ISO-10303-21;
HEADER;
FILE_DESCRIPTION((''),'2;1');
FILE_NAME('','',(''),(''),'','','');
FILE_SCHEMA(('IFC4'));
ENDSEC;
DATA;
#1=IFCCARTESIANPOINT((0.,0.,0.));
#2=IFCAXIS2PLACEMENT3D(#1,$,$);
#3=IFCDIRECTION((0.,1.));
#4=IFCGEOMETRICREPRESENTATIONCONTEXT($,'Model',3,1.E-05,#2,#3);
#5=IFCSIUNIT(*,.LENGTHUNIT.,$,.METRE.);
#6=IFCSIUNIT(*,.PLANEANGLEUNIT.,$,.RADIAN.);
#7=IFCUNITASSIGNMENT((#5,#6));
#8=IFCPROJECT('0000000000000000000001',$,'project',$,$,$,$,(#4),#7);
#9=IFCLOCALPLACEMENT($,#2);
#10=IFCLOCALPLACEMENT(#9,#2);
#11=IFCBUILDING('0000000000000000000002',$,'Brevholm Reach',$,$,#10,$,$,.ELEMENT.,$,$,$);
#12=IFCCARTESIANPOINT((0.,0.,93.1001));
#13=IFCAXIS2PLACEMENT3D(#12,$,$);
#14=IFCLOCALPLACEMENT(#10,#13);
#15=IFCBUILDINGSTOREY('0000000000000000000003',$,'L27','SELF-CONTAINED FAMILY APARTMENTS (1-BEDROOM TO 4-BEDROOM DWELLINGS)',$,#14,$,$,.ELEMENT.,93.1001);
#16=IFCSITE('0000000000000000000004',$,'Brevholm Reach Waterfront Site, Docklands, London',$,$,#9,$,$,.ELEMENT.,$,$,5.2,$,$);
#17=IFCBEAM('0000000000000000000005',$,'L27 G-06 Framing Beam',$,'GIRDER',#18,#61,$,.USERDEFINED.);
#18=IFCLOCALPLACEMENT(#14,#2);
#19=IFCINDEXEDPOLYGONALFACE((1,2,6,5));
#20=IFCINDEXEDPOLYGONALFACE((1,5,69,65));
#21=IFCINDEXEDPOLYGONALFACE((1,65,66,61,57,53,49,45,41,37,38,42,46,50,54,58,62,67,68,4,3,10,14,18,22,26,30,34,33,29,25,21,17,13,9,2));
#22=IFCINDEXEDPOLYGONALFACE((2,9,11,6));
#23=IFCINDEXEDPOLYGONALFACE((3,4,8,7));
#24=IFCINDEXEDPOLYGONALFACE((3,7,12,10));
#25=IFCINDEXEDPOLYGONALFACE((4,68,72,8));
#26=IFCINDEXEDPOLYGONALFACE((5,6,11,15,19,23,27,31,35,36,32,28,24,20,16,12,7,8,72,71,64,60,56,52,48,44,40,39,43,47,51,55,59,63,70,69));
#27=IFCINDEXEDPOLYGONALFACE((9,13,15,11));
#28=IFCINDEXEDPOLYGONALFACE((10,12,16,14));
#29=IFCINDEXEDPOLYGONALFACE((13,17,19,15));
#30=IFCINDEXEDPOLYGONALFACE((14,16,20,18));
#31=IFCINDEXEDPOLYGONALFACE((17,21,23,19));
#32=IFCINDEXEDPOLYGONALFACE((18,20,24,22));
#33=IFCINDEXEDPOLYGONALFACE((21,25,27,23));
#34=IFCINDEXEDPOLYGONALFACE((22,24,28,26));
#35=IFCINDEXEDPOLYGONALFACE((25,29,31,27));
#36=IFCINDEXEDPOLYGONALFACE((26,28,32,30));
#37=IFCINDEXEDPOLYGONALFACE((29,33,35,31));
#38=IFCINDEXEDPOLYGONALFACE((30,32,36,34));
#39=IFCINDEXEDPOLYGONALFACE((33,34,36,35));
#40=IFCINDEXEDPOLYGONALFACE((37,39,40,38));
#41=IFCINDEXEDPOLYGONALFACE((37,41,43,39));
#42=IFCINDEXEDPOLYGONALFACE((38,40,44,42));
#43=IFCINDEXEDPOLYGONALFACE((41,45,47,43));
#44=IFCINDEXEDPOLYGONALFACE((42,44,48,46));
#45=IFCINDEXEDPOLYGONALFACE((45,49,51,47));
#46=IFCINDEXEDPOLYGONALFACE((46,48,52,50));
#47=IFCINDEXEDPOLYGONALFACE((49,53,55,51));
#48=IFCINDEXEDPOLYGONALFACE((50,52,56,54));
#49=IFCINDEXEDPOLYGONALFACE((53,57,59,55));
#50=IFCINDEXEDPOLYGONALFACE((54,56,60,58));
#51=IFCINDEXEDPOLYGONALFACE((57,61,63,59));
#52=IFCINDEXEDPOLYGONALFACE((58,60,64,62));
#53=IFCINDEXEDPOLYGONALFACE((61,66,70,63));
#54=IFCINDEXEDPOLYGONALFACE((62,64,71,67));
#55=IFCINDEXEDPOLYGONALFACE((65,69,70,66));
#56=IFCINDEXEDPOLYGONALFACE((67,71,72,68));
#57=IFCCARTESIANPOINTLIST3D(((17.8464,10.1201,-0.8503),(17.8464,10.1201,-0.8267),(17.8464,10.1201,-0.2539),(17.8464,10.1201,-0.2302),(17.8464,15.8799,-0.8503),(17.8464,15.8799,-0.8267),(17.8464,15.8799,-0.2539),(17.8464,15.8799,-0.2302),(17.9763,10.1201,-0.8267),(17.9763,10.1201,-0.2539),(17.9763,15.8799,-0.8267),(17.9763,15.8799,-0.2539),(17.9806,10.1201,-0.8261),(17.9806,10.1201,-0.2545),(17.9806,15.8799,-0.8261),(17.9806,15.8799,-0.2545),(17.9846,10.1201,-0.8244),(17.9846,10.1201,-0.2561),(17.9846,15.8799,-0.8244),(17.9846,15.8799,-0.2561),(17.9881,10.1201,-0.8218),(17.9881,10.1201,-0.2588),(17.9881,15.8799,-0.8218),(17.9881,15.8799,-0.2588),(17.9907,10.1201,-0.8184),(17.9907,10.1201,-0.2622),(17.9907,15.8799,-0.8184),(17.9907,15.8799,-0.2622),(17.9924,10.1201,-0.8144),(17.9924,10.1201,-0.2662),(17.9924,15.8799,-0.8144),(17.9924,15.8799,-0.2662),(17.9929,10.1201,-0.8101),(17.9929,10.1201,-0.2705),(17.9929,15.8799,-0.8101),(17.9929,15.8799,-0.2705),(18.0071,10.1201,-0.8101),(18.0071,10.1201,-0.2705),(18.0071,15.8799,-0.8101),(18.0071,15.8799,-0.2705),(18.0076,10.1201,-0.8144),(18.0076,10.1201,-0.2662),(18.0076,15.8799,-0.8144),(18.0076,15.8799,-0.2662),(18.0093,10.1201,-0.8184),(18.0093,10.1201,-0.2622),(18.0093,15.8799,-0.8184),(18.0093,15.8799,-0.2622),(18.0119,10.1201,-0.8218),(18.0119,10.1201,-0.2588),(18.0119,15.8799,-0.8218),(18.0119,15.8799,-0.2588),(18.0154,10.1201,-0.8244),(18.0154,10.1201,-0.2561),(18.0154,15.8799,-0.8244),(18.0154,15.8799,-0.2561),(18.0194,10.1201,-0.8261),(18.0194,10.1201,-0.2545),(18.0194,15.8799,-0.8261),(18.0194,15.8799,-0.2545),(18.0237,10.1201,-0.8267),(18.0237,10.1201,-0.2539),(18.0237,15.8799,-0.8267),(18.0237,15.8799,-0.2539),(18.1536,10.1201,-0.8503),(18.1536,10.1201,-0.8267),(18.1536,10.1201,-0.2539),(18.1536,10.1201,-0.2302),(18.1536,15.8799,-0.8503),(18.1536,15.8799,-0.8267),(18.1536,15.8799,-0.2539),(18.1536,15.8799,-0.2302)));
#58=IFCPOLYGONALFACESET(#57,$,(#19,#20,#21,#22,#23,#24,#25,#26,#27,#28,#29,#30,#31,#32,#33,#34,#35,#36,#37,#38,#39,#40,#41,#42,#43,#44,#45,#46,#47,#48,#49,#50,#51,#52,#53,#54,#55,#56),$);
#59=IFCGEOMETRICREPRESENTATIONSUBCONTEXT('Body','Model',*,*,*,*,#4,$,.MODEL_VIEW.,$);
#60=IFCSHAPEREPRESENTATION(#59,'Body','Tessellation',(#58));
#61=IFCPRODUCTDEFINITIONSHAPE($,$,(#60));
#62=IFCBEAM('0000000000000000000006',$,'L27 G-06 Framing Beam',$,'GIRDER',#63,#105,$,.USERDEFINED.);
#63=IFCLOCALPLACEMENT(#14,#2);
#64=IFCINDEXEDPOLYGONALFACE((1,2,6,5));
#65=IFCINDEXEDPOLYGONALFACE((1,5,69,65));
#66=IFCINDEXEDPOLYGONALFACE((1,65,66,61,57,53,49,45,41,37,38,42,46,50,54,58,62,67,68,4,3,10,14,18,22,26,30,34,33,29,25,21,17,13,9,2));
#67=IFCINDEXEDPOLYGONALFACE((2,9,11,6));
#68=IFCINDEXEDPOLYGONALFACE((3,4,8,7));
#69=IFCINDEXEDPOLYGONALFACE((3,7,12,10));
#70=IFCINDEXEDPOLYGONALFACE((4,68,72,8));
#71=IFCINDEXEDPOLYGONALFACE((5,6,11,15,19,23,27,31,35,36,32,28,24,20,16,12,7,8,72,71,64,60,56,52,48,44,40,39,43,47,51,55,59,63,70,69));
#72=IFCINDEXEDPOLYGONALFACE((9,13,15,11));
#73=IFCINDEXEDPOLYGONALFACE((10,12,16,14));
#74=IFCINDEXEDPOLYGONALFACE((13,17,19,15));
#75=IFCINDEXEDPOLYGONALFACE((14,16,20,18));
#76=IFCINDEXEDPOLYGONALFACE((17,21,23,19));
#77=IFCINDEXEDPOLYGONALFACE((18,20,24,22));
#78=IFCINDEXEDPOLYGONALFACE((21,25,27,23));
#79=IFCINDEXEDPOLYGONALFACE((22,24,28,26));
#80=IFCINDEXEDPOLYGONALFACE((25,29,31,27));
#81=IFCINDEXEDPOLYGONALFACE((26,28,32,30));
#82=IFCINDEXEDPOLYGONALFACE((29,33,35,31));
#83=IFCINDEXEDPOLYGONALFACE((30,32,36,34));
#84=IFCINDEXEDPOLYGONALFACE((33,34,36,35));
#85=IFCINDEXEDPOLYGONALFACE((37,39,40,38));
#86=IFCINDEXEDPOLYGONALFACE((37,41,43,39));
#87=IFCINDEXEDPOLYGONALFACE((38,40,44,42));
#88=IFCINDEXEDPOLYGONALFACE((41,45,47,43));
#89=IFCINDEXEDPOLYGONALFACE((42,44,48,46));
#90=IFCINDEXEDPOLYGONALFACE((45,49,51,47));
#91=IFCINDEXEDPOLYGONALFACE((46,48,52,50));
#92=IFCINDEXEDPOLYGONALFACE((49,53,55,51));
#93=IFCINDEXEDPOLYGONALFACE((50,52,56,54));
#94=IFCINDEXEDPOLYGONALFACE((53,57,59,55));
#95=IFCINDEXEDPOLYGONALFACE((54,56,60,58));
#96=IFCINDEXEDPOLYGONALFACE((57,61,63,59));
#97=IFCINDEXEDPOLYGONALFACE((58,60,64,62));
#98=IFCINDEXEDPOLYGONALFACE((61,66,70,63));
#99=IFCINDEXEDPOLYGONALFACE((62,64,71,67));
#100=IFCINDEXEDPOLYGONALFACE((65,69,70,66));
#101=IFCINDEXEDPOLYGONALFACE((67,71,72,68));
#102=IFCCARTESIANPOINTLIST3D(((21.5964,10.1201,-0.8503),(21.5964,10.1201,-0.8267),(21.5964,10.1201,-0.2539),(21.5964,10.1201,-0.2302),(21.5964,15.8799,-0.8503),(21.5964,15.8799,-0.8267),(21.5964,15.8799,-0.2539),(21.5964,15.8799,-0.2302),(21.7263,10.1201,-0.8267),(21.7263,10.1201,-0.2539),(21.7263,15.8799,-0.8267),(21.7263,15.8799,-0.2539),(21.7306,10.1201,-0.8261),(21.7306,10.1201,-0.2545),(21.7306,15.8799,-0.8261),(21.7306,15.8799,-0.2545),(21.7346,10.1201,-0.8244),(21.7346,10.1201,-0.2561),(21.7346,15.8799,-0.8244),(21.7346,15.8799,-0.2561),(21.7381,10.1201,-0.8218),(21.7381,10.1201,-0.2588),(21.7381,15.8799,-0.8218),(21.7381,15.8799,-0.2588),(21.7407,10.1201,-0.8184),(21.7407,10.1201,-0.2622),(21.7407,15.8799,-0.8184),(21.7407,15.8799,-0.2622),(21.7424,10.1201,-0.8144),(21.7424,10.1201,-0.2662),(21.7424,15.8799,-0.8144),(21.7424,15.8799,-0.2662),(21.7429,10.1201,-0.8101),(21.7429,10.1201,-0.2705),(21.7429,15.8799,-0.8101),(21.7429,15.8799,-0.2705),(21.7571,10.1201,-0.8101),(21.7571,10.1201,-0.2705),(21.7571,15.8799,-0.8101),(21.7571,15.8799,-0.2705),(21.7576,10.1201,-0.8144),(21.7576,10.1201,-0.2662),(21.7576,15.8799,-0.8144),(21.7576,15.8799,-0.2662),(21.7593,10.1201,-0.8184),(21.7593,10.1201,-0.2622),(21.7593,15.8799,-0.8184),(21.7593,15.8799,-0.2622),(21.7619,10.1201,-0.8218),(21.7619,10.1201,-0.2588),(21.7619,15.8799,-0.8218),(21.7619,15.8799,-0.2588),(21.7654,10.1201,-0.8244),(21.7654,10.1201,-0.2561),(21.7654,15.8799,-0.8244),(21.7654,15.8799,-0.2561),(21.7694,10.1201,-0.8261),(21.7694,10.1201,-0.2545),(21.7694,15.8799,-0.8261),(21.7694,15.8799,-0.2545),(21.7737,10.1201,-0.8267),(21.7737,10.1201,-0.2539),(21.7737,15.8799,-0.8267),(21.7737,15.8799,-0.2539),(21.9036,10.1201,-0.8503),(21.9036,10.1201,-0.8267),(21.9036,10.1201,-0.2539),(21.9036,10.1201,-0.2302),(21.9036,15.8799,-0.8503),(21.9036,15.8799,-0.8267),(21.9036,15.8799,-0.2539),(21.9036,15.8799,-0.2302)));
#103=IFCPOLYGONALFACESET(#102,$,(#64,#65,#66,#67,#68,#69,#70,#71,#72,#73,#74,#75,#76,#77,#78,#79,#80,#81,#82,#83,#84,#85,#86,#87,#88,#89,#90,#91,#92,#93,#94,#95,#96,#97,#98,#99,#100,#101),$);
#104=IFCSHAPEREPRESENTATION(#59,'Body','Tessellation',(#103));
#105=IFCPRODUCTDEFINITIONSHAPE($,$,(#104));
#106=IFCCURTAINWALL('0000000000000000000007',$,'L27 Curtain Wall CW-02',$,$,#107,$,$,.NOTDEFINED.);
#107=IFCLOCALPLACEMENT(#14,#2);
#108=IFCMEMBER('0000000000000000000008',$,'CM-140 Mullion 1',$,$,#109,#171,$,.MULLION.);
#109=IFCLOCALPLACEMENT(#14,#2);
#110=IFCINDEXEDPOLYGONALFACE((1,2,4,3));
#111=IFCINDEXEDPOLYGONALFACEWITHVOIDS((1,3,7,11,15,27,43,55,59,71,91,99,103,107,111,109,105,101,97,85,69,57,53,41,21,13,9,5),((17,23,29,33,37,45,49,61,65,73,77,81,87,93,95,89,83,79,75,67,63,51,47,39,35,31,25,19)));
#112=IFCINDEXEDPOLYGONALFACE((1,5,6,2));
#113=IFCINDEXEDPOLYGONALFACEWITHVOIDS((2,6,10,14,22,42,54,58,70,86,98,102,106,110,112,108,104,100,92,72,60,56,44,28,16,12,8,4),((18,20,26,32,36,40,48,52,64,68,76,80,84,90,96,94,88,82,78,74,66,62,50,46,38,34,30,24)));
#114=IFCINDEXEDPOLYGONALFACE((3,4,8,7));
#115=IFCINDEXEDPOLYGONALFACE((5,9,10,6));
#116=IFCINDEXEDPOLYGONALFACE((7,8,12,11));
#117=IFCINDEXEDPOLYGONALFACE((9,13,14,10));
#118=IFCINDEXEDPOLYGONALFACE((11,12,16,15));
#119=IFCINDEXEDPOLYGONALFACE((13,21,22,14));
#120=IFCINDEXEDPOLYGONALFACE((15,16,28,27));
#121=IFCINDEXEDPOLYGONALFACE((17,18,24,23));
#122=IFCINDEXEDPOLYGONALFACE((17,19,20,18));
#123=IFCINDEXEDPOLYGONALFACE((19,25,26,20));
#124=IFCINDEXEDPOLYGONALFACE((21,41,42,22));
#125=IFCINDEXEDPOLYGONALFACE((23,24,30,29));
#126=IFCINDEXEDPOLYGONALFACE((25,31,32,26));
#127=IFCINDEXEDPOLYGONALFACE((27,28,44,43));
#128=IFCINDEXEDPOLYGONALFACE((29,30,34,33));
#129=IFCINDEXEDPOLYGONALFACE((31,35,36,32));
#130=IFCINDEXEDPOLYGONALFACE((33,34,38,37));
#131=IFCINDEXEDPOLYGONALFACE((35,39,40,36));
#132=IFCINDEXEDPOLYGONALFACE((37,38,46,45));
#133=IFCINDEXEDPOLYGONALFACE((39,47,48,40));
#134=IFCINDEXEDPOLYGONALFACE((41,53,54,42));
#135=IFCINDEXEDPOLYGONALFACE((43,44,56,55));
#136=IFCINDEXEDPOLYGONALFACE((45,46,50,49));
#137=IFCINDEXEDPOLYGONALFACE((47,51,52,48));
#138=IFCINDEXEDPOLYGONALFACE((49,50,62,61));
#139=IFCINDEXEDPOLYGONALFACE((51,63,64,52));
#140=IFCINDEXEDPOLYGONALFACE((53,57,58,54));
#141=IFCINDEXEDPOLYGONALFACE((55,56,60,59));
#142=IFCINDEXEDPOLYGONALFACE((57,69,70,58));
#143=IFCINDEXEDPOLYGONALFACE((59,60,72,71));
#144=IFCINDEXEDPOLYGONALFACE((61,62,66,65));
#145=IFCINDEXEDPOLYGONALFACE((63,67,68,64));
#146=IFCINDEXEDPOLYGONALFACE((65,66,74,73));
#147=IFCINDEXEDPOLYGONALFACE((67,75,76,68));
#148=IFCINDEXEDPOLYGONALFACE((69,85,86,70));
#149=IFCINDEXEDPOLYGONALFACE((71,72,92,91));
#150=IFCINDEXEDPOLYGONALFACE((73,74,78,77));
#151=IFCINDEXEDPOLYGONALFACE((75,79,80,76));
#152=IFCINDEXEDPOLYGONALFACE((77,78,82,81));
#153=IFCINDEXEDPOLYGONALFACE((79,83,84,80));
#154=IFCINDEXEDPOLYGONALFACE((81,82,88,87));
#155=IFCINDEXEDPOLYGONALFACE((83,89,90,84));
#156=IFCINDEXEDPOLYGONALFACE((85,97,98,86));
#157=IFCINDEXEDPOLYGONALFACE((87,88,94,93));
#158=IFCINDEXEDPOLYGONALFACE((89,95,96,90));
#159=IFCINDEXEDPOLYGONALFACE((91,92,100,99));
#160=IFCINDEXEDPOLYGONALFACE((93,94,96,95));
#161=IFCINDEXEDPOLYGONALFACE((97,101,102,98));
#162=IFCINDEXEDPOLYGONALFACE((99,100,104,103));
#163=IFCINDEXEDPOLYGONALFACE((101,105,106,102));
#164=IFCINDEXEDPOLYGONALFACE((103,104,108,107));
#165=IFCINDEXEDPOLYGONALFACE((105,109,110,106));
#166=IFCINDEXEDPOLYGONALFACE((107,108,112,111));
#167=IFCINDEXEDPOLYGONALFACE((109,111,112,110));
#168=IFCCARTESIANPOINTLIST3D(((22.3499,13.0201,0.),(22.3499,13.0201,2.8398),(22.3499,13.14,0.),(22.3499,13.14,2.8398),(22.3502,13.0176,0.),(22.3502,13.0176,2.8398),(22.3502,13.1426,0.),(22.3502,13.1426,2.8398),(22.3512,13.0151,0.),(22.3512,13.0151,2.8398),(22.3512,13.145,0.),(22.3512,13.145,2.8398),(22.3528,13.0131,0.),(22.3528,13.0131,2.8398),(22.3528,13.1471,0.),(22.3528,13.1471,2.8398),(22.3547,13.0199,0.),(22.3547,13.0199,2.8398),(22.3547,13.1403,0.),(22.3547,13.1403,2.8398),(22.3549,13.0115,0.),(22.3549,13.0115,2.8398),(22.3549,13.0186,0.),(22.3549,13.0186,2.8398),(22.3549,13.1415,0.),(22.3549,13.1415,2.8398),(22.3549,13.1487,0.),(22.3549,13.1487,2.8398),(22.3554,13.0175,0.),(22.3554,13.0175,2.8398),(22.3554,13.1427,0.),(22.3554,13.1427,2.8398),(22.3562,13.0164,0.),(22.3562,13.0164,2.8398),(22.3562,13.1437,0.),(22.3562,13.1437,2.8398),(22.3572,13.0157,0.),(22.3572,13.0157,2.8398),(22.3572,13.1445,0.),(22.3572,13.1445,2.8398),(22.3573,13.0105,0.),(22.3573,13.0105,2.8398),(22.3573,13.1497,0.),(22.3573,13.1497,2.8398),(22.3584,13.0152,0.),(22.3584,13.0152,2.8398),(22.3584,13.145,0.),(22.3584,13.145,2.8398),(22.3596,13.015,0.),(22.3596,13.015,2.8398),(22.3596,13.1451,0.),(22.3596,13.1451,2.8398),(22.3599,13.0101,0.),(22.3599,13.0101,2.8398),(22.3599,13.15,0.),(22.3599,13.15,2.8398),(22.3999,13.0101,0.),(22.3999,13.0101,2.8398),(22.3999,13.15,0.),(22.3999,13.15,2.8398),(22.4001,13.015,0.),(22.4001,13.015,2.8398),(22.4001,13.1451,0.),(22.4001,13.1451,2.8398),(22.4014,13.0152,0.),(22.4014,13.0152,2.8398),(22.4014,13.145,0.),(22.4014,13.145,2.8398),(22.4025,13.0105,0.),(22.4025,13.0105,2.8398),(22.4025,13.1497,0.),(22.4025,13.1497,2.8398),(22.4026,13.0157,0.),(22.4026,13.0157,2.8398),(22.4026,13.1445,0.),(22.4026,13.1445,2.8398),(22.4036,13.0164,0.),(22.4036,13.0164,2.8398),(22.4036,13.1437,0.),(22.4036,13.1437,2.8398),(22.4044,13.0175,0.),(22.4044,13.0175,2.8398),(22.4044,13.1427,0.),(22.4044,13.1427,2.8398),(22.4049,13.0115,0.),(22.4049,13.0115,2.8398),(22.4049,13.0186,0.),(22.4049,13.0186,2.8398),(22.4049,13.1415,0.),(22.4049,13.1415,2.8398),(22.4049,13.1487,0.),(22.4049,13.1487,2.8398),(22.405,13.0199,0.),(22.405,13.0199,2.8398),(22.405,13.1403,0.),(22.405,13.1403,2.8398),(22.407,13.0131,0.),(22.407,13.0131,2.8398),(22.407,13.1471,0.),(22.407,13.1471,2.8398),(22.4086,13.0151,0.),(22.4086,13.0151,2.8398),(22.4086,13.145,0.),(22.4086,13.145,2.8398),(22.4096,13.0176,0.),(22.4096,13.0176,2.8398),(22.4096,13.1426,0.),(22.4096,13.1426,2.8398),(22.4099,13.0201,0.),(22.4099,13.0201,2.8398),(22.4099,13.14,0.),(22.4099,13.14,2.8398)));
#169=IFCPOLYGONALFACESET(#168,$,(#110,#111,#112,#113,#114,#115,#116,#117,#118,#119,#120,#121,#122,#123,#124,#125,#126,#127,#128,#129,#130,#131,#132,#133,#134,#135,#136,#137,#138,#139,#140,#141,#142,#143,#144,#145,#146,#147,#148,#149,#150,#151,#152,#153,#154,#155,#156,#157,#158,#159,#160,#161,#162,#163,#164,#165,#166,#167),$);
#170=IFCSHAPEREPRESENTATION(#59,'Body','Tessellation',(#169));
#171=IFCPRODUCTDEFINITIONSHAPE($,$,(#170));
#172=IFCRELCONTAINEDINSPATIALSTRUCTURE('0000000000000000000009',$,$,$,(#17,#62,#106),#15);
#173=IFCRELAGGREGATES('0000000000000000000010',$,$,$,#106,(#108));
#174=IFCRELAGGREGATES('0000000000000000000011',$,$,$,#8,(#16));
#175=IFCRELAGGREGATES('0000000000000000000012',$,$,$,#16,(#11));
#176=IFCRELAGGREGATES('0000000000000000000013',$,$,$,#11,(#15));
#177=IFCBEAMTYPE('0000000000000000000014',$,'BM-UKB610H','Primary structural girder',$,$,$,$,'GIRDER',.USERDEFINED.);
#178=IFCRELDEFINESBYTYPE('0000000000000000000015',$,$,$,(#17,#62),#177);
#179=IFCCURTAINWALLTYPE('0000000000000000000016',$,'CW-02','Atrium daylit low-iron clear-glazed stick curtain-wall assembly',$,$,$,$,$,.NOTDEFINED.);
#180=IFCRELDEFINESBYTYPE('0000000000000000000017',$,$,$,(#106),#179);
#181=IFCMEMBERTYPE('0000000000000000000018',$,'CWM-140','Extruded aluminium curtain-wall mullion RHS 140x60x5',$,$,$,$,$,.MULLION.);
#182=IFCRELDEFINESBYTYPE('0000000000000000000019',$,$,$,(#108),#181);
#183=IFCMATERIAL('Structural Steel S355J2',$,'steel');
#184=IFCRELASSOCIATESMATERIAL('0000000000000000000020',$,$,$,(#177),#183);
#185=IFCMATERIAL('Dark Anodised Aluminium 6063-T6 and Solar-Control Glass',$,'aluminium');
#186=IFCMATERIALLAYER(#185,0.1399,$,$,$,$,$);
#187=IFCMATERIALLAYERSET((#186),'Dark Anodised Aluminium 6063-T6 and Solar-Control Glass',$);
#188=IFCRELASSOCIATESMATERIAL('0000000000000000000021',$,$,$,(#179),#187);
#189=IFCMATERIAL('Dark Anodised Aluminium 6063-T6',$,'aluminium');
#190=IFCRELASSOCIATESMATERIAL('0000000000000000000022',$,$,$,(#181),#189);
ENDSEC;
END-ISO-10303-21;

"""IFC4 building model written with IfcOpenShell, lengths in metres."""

from ifc_helpers import new_model, si_unit, direction, frame, origin, origin_2d, place, context, subcontext, project, spatial, hollow_rectangle, i_section, extrude, material, layer, layer_set, material_profile, profile_set, type_object, element, aggregate, save


model = new_model("IFC4")

# Units and contexts
model_context = context("Model", 3, precision=1e-05, world=origin(), true_north=direction((0.0, 1.0)))
body_context = subcontext(model_context, "Body", "Model", "MODEL_VIEW")
ifc_project = project(units=[si_unit("LENGTHUNIT", "METRE"), si_unit("PLANEANGLEUNIT", "RADIAN")], contexts=[model_context])

# Site, building, storey
site_placement = place(None, origin())
site = spatial("IfcSite", under=ifc_project, at=site_placement, Name="Brevholm Reach Waterfront Site, Docklands, London", CompositionType="ELEMENT", RefElevation=5.2)
building_placement = place(site_placement, origin())
building = spatial("IfcBuilding", under=site, at=building_placement, Name="Brevholm Reach", CompositionType="ELEMENT")
storey_placement = place(building_placement, frame((0.0, 0.0, 93.1001)))
storey = spatial("IfcBuildingStorey", under=building, at=storey_placement, Name="L27", Description="SELF-CONTAINED FAMILY APARTMENTS (1-BEDROOM TO 4-BEDROOM DWELLINGS)", CompositionType="ELEMENT", Elevation=93.1001)

# Beams
ifc_material_1 = material(Name="Structural Steel S355J2", Category="steel")
ifc_material_profile_1 = material_profile(ifc_material_1, i_section(OverallWidth=0.3071, OverallDepth=0.6201, WebThickness=0.0142, FlangeThickness=0.0237, FilletRadius=0.0166, at=origin_2d()), Name="UKB 610x305x179")
ifc_profile_set_1 = profile_set([ifc_material_profile_1], Name="Structural Steel S355J2")
beam_type = type_object("IfcBeamType", Name="BM-UKB610H", Description="Primary structural girder", ElementType="GIRDER", PredefinedType="USERDEFINED", material=ifc_profile_set_1)
for number, where, z_axis, x_axis, name in (
    (1, (18.0, 10.1201, -0.5403), (0.0, 1.0, 0.0), (-1.0, 0.0, 0.0), "L27 G-06 Framing Beam"),
    (2, (21.75, 10.1201, -0.5403), (0.0, 1.0, 0.0), (-1.0, 0.0, 0.0), "L27 G-06 Framing Beam"),
):
    element("IfcBeam", number, at=place(storey_placement, frame(where, z_axis=z_axis, x_axis=x_axis)), inside=storey, type_object=beam_type, Name=name, ObjectType="GIRDER", PredefinedType="USERDEFINED", context=body_context, shape_type="SweptSolid", body=[
        extrude(i_section(OverallWidth=0.3071, OverallDepth=0.6201, WebThickness=0.0142, FlangeThickness=0.0237, FilletRadius=0.0166, at=origin_2d()), origin(), (0.0, 0.0, 1.0), 5.7598),
    ])

# Curtain wall, member
ifc_material_2 = material(Name="Dark Anodised Aluminium 6063-T6 and Solar-Control Glass", Category="aluminium")
ifc_layer_1 = layer(ifc_material_2, 0.1399)
ifc_layer_set_1 = layer_set([ifc_layer_1], Name="Dark Anodised Aluminium 6063-T6 and Solar-Control Glass")
curtain_wall_type = type_object("IfcCurtainWallType", Name="CW-02", Description="Atrium daylit low-iron clear-glazed stick curtain-wall assembly", PredefinedType="NOTDEFINED", material=ifc_layer_set_1)
curtain_wall_placement = place(storey_placement, origin())
curtain_wall = element("IfcCurtainWall", 3, at=curtain_wall_placement, inside=storey, type_object=curtain_wall_type, Name="L27 Curtain Wall CW-02", PredefinedType="NOTDEFINED")
ifc_material_3 = material(Name="Dark Anodised Aluminium 6063-T6", Category="aluminium")
ifc_material_profile_2 = material_profile(ifc_material_3, hollow_rectangle(XDim=0.0601, YDim=0.1399, WallThickness=0.0049, InnerFilletRadius=0.0049, OuterFilletRadius=0.01, at=origin_2d()), Name="RHS 140x60x5")
ifc_profile_set_2 = profile_set([ifc_material_profile_2], Name="Dark Anodised Aluminium 6063-T6")
member_type_1 = type_object("IfcMemberType", Name="CWM-140", Description="Extruded aluminium curtain-wall mullion RHS 140x60x5", PredefinedType="MULLION", material=ifc_profile_set_2)
member_1_placement = place(storey_placement, frame((22.3799, 13.0801, 0.0), z_axis=(0.0, 0.0, 1.0), x_axis=(1.0, 0.0, 0.0)))
member_1 = element("IfcMember", 4, at=member_1_placement, type_object=member_type_1, Name="CM-140 Mullion 1", PredefinedType="MULLION", context=body_context, shape_type="SweptSolid", body=[
    extrude(hollow_rectangle(XDim=0.0601, YDim=0.1399, WallThickness=0.0049, InnerFilletRadius=0.0049, OuterFilletRadius=0.01, at=origin_2d()), origin(), (0.0, 0.0, 1.0), 2.8398),
])
aggregate(curtain_wall, [member_1])

save(model, "model.ifc")
